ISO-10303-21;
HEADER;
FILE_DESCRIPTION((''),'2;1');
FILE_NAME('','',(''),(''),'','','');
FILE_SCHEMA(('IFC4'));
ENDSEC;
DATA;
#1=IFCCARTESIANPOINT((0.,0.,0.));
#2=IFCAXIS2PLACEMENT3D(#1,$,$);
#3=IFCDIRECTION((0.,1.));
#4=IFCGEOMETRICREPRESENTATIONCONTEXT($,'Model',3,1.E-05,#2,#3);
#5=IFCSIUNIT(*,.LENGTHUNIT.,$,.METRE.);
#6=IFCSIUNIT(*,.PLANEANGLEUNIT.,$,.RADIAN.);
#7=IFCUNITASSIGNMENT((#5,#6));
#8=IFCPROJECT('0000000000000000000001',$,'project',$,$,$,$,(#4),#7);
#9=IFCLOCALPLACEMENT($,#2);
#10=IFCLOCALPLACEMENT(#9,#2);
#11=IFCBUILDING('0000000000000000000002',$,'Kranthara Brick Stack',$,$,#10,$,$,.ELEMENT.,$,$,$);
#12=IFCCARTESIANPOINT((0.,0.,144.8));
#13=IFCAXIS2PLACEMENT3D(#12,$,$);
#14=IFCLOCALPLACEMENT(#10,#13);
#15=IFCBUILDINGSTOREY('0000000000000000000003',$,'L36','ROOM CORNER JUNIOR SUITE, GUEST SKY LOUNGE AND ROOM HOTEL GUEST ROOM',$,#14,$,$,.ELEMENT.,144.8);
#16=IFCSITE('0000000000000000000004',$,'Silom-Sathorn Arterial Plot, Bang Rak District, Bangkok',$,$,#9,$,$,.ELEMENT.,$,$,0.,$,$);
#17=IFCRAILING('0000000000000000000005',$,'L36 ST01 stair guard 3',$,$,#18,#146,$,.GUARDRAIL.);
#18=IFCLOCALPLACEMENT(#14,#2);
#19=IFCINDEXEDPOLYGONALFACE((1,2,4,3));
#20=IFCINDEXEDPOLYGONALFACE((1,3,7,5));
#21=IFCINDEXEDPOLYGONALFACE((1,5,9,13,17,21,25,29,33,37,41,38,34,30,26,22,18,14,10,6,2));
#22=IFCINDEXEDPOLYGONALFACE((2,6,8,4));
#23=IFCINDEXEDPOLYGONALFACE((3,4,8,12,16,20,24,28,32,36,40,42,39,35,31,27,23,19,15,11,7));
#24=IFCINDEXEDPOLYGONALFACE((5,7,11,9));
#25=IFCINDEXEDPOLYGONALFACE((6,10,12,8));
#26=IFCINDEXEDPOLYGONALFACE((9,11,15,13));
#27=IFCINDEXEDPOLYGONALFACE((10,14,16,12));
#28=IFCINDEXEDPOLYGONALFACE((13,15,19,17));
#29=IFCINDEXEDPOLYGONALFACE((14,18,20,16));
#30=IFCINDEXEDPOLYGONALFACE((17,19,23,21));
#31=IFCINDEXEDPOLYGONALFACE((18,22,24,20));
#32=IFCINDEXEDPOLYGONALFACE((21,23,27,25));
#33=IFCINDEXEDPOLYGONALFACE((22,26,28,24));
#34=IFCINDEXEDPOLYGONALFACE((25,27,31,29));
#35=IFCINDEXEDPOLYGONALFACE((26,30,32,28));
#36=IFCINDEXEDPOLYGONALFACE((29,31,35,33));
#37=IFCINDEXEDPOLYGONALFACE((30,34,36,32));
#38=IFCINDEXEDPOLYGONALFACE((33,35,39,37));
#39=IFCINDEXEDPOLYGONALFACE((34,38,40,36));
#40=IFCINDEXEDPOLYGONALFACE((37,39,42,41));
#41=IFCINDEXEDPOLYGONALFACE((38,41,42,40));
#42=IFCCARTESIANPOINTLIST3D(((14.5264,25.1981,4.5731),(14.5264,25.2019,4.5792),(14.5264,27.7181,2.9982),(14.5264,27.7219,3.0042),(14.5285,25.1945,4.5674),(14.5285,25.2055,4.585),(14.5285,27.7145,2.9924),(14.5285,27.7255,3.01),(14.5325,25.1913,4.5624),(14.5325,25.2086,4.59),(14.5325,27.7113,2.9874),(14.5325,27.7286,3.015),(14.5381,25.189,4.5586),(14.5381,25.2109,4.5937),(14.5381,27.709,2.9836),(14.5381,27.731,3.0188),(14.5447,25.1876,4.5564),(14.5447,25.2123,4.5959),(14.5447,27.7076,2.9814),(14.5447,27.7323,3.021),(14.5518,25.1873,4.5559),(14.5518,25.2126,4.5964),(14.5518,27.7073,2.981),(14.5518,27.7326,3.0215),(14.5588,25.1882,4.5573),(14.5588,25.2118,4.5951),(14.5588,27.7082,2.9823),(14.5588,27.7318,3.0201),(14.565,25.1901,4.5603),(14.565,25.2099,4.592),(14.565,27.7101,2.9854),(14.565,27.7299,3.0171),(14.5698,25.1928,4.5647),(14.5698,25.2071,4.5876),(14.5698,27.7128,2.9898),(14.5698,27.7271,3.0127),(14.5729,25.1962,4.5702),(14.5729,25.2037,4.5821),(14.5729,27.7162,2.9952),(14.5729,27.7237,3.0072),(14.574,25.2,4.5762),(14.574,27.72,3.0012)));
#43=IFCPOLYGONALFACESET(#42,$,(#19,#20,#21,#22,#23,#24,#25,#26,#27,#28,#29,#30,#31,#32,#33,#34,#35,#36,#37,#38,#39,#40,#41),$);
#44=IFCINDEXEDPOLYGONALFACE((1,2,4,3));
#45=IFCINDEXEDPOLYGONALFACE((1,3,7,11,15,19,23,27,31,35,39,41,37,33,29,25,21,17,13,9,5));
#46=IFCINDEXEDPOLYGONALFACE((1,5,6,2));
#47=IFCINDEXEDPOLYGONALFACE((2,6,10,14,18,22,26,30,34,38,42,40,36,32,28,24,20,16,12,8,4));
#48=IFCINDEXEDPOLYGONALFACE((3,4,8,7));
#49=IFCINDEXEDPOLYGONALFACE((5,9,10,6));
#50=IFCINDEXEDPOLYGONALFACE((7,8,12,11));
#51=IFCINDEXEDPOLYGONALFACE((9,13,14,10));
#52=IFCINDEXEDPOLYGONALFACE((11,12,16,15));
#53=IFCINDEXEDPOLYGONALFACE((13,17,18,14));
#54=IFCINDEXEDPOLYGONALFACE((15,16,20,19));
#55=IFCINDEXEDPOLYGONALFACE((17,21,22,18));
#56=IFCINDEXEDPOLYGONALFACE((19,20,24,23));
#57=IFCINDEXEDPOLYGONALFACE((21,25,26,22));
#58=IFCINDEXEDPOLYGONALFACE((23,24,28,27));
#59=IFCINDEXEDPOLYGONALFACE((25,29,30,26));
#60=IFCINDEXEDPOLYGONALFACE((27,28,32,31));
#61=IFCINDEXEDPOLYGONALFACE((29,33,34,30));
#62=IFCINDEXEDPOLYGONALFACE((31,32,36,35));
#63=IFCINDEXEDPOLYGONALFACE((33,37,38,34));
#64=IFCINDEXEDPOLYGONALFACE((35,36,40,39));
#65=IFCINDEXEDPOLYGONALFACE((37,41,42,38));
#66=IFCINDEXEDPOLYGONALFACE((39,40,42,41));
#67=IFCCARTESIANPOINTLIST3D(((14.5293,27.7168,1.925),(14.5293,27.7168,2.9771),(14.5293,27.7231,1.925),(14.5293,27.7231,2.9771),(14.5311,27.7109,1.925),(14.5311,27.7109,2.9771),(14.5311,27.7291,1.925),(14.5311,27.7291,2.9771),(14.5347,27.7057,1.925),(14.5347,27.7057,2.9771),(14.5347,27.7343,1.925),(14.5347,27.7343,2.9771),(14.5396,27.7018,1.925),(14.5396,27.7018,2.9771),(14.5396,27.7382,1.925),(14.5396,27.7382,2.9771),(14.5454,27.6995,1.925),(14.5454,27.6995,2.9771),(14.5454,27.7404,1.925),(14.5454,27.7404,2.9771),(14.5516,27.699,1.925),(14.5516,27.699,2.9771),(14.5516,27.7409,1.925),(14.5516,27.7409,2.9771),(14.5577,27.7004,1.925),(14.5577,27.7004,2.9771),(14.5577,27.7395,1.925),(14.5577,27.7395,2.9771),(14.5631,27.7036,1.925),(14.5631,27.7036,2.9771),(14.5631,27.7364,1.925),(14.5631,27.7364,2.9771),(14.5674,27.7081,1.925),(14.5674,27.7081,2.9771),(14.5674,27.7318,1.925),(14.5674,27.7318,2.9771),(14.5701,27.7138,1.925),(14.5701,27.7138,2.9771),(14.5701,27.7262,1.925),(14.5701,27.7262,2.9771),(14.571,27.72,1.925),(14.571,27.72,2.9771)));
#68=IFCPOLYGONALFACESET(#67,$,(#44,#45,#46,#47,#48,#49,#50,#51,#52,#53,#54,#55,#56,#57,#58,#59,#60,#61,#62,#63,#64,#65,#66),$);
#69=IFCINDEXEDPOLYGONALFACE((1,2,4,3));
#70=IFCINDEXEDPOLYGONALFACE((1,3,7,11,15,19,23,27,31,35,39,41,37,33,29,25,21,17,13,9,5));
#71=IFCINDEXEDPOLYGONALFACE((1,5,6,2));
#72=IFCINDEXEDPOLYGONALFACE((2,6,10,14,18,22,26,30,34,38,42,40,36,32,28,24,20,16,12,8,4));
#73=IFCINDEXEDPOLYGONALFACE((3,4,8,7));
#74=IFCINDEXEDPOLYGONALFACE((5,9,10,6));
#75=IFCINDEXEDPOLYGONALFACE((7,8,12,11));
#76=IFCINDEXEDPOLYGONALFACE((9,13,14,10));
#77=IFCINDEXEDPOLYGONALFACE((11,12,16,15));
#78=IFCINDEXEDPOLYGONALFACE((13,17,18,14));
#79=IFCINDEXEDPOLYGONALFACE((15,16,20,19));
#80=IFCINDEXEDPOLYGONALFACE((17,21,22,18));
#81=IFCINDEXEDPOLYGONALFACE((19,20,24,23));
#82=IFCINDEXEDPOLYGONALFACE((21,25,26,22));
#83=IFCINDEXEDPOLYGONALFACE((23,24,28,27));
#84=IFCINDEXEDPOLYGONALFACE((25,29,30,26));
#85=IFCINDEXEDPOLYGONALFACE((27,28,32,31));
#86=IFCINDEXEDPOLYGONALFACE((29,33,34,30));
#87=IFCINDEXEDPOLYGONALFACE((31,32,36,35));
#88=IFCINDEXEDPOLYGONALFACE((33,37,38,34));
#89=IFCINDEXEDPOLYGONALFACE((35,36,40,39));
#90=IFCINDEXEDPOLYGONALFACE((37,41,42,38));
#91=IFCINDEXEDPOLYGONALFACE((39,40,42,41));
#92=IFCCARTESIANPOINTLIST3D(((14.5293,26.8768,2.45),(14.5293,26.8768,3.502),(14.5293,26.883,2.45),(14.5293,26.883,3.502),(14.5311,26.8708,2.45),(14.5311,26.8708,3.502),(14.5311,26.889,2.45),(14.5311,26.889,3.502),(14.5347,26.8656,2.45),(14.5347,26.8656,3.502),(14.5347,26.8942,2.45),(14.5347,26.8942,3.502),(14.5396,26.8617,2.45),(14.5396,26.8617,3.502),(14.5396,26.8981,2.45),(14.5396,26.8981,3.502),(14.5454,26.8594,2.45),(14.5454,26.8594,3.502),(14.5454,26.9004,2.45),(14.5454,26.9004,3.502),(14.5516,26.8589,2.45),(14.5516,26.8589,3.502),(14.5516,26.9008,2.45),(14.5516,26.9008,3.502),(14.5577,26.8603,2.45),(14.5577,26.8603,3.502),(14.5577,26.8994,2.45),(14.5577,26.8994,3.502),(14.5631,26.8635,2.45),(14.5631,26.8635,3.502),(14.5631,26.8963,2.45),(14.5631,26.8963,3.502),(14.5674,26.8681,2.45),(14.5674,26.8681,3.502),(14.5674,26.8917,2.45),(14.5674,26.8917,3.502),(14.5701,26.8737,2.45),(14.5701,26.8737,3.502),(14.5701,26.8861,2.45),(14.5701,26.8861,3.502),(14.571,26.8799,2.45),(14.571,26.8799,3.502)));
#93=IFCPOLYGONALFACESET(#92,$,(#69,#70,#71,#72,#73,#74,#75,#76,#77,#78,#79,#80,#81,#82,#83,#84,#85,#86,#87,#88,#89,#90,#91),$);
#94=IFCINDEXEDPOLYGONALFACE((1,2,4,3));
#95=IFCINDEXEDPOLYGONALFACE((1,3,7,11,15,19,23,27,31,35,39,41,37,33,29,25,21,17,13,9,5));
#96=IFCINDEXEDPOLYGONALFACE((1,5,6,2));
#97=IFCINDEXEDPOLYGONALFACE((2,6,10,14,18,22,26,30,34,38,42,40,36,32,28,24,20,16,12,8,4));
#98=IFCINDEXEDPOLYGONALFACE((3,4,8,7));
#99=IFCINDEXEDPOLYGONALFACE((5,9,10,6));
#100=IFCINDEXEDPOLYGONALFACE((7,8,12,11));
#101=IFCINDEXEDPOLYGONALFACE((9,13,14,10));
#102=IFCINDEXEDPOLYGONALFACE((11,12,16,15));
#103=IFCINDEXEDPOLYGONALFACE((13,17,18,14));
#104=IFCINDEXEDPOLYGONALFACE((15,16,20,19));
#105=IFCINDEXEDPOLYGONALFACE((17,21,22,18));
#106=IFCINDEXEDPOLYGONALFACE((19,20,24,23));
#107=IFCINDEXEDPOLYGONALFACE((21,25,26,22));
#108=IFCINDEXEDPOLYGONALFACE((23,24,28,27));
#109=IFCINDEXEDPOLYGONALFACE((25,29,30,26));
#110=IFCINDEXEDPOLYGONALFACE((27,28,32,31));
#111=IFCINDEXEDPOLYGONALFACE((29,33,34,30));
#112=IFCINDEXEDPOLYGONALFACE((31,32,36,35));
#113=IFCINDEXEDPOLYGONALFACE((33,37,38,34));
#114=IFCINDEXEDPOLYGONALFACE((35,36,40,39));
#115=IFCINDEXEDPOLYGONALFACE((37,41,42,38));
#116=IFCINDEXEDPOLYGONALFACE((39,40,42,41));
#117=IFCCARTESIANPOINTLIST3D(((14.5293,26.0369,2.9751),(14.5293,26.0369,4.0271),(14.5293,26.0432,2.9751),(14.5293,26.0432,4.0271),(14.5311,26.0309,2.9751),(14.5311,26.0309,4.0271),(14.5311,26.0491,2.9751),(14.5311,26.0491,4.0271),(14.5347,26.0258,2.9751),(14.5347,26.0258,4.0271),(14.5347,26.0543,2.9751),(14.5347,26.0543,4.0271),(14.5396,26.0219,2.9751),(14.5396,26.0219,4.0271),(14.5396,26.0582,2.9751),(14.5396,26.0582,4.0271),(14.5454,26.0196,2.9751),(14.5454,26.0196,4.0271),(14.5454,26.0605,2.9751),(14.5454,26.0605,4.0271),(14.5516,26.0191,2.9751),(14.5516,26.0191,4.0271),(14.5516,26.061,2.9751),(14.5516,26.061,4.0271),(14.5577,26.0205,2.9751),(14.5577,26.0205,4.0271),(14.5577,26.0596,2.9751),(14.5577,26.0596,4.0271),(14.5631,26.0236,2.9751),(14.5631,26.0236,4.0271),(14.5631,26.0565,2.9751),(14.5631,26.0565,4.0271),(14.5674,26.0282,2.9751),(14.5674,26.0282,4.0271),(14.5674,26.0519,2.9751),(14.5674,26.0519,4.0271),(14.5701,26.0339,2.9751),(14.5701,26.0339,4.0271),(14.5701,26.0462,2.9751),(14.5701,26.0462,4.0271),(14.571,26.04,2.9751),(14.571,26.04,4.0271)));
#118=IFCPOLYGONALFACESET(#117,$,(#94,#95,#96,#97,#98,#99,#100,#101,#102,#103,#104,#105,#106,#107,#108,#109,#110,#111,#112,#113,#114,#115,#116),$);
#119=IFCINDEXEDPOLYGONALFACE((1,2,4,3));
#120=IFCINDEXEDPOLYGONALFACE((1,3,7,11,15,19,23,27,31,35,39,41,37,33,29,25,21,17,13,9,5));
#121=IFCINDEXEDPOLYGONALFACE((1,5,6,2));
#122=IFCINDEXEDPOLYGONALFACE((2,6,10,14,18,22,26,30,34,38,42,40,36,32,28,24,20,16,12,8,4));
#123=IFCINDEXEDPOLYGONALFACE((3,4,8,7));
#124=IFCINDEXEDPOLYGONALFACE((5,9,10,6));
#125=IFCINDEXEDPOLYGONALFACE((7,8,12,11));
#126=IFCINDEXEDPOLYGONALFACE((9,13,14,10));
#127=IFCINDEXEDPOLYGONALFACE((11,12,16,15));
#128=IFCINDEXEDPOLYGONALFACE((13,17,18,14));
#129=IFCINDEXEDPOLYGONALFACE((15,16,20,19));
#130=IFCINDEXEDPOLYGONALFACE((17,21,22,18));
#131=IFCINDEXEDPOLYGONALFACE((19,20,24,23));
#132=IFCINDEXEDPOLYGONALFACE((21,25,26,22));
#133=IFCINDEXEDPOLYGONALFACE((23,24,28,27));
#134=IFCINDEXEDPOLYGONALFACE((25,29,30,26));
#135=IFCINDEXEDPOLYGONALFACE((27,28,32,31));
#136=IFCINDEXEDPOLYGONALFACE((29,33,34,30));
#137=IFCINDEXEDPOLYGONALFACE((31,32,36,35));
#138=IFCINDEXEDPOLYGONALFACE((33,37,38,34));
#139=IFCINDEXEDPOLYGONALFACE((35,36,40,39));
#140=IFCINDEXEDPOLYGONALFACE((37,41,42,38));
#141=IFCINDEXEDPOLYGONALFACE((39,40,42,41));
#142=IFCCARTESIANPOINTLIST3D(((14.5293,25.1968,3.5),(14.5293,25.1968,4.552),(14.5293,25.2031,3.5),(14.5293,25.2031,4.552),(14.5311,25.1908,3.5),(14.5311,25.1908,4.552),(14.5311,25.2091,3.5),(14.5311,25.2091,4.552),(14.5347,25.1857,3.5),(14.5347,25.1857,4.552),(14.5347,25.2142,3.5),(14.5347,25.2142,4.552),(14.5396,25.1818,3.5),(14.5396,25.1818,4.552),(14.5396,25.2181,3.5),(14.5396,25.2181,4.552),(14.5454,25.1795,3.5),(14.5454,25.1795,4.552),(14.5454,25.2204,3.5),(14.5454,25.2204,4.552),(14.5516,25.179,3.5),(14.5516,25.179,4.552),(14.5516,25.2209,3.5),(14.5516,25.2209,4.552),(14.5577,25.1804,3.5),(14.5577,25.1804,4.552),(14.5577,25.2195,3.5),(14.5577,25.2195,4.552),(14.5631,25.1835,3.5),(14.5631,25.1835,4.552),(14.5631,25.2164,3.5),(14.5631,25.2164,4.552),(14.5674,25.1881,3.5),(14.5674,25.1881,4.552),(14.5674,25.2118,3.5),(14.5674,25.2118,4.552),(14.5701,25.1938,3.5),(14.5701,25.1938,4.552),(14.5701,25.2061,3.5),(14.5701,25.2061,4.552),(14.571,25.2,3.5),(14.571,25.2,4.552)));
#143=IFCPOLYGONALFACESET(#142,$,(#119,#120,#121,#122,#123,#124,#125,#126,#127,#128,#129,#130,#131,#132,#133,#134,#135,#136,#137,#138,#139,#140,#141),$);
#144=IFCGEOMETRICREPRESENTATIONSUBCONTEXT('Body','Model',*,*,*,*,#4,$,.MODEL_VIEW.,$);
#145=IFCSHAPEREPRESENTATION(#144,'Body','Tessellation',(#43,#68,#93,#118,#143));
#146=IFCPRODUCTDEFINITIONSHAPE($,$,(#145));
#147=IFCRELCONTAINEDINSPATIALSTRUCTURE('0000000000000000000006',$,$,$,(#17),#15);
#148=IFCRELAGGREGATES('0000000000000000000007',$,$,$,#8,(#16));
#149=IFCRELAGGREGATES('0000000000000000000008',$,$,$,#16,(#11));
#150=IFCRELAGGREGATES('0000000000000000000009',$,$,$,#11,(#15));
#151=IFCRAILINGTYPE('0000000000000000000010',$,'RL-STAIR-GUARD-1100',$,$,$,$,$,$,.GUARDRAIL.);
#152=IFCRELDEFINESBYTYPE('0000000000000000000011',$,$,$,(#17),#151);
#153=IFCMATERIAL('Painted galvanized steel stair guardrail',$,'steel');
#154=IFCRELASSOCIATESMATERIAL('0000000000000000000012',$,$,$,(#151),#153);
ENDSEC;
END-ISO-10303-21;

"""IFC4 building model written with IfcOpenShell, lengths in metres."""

from ifc_helpers import new_model, si_unit, direction, frame, origin, origin_2d, place, context, subcontext, project, spatial, circle, extrude, material, type_object, element, save


model = new_model("IFC4")

# Units and contexts
model_context = context("Model", 3, precision=1e-05, world=origin(), true_north=direction((0.0, 1.0)))
body_context = subcontext(model_context, "Body", "Model", "MODEL_VIEW")
ifc_project = project(units=[si_unit("LENGTHUNIT", "METRE"), si_unit("PLANEANGLEUNIT", "RADIAN")], contexts=[model_context])

# Site, building, storey
site_placement = place(None, origin())
site = spatial("IfcSite", under=ifc_project, at=site_placement, Name="Silom-Sathorn Arterial Plot, Bang Rak District, Bangkok", CompositionType="ELEMENT", RefElevation=0.0)
building_placement = place(site_placement, origin())
building = spatial("IfcBuilding", under=site, at=building_placement, Name="Kranthara Brick Stack", CompositionType="ELEMENT")
storey_placement = place(building_placement, frame((0.0, 0.0, 144.8)))
storey = spatial("IfcBuildingStorey", under=building, at=storey_placement, Name="L36", Description="ROOM CORNER JUNIOR SUITE, GUEST SKY LOUNGE AND ROOM HOTEL GUEST ROOM", CompositionType="ELEMENT", Elevation=144.8)

# Railing
ifc_material_1 = material(Name="Painted galvanized steel stair guardrail", Category="steel")
railing_type_1 = type_object("IfcRailingType", Name="RL-STAIR-GUARD-1100", PredefinedType="GUARDRAIL", material=ifc_material_1)
railing_1_placement = place(storey_placement, frame((14.55, 27.72, 1.925)))
element("IfcRailing", 1, at=railing_1_placement, inside=storey, type_object=railing_type_1, Name="L36 ST01 stair guard 3", PredefinedType="GUARDRAIL", context=body_context, shape_type="SweptSolid", body=[
    extrude(circle(Radius=0.0239, at=origin_2d()), frame((0.0, 0.0, 1.0762), z_axis=(0.0, -0.848008, 0.529984), x_axis=(1.0, 0.0, 0.0)), (0.0, 0.0, 1.0), 2.9717),
    extrude(circle(Radius=0.021, at=origin_2d()), origin(), (0.0, 0.0, 1.0), 1.052),
    extrude(circle(Radius=0.021, at=origin_2d()), frame((0.0, -0.8401, 0.5249)), (0.0, 0.0, 1.0), 1.052),
    extrude(circle(Radius=0.021, at=origin_2d()), frame((0.0, -1.6799, 1.05)), (0.0, 0.0, 1.0), 1.052),
    extrude(circle(Radius=0.021, at=origin_2d()), frame((0.0, -2.52, 1.575)), (0.0, 0.0, 1.0), 1.052),
])

save(model, "model.ifc")
